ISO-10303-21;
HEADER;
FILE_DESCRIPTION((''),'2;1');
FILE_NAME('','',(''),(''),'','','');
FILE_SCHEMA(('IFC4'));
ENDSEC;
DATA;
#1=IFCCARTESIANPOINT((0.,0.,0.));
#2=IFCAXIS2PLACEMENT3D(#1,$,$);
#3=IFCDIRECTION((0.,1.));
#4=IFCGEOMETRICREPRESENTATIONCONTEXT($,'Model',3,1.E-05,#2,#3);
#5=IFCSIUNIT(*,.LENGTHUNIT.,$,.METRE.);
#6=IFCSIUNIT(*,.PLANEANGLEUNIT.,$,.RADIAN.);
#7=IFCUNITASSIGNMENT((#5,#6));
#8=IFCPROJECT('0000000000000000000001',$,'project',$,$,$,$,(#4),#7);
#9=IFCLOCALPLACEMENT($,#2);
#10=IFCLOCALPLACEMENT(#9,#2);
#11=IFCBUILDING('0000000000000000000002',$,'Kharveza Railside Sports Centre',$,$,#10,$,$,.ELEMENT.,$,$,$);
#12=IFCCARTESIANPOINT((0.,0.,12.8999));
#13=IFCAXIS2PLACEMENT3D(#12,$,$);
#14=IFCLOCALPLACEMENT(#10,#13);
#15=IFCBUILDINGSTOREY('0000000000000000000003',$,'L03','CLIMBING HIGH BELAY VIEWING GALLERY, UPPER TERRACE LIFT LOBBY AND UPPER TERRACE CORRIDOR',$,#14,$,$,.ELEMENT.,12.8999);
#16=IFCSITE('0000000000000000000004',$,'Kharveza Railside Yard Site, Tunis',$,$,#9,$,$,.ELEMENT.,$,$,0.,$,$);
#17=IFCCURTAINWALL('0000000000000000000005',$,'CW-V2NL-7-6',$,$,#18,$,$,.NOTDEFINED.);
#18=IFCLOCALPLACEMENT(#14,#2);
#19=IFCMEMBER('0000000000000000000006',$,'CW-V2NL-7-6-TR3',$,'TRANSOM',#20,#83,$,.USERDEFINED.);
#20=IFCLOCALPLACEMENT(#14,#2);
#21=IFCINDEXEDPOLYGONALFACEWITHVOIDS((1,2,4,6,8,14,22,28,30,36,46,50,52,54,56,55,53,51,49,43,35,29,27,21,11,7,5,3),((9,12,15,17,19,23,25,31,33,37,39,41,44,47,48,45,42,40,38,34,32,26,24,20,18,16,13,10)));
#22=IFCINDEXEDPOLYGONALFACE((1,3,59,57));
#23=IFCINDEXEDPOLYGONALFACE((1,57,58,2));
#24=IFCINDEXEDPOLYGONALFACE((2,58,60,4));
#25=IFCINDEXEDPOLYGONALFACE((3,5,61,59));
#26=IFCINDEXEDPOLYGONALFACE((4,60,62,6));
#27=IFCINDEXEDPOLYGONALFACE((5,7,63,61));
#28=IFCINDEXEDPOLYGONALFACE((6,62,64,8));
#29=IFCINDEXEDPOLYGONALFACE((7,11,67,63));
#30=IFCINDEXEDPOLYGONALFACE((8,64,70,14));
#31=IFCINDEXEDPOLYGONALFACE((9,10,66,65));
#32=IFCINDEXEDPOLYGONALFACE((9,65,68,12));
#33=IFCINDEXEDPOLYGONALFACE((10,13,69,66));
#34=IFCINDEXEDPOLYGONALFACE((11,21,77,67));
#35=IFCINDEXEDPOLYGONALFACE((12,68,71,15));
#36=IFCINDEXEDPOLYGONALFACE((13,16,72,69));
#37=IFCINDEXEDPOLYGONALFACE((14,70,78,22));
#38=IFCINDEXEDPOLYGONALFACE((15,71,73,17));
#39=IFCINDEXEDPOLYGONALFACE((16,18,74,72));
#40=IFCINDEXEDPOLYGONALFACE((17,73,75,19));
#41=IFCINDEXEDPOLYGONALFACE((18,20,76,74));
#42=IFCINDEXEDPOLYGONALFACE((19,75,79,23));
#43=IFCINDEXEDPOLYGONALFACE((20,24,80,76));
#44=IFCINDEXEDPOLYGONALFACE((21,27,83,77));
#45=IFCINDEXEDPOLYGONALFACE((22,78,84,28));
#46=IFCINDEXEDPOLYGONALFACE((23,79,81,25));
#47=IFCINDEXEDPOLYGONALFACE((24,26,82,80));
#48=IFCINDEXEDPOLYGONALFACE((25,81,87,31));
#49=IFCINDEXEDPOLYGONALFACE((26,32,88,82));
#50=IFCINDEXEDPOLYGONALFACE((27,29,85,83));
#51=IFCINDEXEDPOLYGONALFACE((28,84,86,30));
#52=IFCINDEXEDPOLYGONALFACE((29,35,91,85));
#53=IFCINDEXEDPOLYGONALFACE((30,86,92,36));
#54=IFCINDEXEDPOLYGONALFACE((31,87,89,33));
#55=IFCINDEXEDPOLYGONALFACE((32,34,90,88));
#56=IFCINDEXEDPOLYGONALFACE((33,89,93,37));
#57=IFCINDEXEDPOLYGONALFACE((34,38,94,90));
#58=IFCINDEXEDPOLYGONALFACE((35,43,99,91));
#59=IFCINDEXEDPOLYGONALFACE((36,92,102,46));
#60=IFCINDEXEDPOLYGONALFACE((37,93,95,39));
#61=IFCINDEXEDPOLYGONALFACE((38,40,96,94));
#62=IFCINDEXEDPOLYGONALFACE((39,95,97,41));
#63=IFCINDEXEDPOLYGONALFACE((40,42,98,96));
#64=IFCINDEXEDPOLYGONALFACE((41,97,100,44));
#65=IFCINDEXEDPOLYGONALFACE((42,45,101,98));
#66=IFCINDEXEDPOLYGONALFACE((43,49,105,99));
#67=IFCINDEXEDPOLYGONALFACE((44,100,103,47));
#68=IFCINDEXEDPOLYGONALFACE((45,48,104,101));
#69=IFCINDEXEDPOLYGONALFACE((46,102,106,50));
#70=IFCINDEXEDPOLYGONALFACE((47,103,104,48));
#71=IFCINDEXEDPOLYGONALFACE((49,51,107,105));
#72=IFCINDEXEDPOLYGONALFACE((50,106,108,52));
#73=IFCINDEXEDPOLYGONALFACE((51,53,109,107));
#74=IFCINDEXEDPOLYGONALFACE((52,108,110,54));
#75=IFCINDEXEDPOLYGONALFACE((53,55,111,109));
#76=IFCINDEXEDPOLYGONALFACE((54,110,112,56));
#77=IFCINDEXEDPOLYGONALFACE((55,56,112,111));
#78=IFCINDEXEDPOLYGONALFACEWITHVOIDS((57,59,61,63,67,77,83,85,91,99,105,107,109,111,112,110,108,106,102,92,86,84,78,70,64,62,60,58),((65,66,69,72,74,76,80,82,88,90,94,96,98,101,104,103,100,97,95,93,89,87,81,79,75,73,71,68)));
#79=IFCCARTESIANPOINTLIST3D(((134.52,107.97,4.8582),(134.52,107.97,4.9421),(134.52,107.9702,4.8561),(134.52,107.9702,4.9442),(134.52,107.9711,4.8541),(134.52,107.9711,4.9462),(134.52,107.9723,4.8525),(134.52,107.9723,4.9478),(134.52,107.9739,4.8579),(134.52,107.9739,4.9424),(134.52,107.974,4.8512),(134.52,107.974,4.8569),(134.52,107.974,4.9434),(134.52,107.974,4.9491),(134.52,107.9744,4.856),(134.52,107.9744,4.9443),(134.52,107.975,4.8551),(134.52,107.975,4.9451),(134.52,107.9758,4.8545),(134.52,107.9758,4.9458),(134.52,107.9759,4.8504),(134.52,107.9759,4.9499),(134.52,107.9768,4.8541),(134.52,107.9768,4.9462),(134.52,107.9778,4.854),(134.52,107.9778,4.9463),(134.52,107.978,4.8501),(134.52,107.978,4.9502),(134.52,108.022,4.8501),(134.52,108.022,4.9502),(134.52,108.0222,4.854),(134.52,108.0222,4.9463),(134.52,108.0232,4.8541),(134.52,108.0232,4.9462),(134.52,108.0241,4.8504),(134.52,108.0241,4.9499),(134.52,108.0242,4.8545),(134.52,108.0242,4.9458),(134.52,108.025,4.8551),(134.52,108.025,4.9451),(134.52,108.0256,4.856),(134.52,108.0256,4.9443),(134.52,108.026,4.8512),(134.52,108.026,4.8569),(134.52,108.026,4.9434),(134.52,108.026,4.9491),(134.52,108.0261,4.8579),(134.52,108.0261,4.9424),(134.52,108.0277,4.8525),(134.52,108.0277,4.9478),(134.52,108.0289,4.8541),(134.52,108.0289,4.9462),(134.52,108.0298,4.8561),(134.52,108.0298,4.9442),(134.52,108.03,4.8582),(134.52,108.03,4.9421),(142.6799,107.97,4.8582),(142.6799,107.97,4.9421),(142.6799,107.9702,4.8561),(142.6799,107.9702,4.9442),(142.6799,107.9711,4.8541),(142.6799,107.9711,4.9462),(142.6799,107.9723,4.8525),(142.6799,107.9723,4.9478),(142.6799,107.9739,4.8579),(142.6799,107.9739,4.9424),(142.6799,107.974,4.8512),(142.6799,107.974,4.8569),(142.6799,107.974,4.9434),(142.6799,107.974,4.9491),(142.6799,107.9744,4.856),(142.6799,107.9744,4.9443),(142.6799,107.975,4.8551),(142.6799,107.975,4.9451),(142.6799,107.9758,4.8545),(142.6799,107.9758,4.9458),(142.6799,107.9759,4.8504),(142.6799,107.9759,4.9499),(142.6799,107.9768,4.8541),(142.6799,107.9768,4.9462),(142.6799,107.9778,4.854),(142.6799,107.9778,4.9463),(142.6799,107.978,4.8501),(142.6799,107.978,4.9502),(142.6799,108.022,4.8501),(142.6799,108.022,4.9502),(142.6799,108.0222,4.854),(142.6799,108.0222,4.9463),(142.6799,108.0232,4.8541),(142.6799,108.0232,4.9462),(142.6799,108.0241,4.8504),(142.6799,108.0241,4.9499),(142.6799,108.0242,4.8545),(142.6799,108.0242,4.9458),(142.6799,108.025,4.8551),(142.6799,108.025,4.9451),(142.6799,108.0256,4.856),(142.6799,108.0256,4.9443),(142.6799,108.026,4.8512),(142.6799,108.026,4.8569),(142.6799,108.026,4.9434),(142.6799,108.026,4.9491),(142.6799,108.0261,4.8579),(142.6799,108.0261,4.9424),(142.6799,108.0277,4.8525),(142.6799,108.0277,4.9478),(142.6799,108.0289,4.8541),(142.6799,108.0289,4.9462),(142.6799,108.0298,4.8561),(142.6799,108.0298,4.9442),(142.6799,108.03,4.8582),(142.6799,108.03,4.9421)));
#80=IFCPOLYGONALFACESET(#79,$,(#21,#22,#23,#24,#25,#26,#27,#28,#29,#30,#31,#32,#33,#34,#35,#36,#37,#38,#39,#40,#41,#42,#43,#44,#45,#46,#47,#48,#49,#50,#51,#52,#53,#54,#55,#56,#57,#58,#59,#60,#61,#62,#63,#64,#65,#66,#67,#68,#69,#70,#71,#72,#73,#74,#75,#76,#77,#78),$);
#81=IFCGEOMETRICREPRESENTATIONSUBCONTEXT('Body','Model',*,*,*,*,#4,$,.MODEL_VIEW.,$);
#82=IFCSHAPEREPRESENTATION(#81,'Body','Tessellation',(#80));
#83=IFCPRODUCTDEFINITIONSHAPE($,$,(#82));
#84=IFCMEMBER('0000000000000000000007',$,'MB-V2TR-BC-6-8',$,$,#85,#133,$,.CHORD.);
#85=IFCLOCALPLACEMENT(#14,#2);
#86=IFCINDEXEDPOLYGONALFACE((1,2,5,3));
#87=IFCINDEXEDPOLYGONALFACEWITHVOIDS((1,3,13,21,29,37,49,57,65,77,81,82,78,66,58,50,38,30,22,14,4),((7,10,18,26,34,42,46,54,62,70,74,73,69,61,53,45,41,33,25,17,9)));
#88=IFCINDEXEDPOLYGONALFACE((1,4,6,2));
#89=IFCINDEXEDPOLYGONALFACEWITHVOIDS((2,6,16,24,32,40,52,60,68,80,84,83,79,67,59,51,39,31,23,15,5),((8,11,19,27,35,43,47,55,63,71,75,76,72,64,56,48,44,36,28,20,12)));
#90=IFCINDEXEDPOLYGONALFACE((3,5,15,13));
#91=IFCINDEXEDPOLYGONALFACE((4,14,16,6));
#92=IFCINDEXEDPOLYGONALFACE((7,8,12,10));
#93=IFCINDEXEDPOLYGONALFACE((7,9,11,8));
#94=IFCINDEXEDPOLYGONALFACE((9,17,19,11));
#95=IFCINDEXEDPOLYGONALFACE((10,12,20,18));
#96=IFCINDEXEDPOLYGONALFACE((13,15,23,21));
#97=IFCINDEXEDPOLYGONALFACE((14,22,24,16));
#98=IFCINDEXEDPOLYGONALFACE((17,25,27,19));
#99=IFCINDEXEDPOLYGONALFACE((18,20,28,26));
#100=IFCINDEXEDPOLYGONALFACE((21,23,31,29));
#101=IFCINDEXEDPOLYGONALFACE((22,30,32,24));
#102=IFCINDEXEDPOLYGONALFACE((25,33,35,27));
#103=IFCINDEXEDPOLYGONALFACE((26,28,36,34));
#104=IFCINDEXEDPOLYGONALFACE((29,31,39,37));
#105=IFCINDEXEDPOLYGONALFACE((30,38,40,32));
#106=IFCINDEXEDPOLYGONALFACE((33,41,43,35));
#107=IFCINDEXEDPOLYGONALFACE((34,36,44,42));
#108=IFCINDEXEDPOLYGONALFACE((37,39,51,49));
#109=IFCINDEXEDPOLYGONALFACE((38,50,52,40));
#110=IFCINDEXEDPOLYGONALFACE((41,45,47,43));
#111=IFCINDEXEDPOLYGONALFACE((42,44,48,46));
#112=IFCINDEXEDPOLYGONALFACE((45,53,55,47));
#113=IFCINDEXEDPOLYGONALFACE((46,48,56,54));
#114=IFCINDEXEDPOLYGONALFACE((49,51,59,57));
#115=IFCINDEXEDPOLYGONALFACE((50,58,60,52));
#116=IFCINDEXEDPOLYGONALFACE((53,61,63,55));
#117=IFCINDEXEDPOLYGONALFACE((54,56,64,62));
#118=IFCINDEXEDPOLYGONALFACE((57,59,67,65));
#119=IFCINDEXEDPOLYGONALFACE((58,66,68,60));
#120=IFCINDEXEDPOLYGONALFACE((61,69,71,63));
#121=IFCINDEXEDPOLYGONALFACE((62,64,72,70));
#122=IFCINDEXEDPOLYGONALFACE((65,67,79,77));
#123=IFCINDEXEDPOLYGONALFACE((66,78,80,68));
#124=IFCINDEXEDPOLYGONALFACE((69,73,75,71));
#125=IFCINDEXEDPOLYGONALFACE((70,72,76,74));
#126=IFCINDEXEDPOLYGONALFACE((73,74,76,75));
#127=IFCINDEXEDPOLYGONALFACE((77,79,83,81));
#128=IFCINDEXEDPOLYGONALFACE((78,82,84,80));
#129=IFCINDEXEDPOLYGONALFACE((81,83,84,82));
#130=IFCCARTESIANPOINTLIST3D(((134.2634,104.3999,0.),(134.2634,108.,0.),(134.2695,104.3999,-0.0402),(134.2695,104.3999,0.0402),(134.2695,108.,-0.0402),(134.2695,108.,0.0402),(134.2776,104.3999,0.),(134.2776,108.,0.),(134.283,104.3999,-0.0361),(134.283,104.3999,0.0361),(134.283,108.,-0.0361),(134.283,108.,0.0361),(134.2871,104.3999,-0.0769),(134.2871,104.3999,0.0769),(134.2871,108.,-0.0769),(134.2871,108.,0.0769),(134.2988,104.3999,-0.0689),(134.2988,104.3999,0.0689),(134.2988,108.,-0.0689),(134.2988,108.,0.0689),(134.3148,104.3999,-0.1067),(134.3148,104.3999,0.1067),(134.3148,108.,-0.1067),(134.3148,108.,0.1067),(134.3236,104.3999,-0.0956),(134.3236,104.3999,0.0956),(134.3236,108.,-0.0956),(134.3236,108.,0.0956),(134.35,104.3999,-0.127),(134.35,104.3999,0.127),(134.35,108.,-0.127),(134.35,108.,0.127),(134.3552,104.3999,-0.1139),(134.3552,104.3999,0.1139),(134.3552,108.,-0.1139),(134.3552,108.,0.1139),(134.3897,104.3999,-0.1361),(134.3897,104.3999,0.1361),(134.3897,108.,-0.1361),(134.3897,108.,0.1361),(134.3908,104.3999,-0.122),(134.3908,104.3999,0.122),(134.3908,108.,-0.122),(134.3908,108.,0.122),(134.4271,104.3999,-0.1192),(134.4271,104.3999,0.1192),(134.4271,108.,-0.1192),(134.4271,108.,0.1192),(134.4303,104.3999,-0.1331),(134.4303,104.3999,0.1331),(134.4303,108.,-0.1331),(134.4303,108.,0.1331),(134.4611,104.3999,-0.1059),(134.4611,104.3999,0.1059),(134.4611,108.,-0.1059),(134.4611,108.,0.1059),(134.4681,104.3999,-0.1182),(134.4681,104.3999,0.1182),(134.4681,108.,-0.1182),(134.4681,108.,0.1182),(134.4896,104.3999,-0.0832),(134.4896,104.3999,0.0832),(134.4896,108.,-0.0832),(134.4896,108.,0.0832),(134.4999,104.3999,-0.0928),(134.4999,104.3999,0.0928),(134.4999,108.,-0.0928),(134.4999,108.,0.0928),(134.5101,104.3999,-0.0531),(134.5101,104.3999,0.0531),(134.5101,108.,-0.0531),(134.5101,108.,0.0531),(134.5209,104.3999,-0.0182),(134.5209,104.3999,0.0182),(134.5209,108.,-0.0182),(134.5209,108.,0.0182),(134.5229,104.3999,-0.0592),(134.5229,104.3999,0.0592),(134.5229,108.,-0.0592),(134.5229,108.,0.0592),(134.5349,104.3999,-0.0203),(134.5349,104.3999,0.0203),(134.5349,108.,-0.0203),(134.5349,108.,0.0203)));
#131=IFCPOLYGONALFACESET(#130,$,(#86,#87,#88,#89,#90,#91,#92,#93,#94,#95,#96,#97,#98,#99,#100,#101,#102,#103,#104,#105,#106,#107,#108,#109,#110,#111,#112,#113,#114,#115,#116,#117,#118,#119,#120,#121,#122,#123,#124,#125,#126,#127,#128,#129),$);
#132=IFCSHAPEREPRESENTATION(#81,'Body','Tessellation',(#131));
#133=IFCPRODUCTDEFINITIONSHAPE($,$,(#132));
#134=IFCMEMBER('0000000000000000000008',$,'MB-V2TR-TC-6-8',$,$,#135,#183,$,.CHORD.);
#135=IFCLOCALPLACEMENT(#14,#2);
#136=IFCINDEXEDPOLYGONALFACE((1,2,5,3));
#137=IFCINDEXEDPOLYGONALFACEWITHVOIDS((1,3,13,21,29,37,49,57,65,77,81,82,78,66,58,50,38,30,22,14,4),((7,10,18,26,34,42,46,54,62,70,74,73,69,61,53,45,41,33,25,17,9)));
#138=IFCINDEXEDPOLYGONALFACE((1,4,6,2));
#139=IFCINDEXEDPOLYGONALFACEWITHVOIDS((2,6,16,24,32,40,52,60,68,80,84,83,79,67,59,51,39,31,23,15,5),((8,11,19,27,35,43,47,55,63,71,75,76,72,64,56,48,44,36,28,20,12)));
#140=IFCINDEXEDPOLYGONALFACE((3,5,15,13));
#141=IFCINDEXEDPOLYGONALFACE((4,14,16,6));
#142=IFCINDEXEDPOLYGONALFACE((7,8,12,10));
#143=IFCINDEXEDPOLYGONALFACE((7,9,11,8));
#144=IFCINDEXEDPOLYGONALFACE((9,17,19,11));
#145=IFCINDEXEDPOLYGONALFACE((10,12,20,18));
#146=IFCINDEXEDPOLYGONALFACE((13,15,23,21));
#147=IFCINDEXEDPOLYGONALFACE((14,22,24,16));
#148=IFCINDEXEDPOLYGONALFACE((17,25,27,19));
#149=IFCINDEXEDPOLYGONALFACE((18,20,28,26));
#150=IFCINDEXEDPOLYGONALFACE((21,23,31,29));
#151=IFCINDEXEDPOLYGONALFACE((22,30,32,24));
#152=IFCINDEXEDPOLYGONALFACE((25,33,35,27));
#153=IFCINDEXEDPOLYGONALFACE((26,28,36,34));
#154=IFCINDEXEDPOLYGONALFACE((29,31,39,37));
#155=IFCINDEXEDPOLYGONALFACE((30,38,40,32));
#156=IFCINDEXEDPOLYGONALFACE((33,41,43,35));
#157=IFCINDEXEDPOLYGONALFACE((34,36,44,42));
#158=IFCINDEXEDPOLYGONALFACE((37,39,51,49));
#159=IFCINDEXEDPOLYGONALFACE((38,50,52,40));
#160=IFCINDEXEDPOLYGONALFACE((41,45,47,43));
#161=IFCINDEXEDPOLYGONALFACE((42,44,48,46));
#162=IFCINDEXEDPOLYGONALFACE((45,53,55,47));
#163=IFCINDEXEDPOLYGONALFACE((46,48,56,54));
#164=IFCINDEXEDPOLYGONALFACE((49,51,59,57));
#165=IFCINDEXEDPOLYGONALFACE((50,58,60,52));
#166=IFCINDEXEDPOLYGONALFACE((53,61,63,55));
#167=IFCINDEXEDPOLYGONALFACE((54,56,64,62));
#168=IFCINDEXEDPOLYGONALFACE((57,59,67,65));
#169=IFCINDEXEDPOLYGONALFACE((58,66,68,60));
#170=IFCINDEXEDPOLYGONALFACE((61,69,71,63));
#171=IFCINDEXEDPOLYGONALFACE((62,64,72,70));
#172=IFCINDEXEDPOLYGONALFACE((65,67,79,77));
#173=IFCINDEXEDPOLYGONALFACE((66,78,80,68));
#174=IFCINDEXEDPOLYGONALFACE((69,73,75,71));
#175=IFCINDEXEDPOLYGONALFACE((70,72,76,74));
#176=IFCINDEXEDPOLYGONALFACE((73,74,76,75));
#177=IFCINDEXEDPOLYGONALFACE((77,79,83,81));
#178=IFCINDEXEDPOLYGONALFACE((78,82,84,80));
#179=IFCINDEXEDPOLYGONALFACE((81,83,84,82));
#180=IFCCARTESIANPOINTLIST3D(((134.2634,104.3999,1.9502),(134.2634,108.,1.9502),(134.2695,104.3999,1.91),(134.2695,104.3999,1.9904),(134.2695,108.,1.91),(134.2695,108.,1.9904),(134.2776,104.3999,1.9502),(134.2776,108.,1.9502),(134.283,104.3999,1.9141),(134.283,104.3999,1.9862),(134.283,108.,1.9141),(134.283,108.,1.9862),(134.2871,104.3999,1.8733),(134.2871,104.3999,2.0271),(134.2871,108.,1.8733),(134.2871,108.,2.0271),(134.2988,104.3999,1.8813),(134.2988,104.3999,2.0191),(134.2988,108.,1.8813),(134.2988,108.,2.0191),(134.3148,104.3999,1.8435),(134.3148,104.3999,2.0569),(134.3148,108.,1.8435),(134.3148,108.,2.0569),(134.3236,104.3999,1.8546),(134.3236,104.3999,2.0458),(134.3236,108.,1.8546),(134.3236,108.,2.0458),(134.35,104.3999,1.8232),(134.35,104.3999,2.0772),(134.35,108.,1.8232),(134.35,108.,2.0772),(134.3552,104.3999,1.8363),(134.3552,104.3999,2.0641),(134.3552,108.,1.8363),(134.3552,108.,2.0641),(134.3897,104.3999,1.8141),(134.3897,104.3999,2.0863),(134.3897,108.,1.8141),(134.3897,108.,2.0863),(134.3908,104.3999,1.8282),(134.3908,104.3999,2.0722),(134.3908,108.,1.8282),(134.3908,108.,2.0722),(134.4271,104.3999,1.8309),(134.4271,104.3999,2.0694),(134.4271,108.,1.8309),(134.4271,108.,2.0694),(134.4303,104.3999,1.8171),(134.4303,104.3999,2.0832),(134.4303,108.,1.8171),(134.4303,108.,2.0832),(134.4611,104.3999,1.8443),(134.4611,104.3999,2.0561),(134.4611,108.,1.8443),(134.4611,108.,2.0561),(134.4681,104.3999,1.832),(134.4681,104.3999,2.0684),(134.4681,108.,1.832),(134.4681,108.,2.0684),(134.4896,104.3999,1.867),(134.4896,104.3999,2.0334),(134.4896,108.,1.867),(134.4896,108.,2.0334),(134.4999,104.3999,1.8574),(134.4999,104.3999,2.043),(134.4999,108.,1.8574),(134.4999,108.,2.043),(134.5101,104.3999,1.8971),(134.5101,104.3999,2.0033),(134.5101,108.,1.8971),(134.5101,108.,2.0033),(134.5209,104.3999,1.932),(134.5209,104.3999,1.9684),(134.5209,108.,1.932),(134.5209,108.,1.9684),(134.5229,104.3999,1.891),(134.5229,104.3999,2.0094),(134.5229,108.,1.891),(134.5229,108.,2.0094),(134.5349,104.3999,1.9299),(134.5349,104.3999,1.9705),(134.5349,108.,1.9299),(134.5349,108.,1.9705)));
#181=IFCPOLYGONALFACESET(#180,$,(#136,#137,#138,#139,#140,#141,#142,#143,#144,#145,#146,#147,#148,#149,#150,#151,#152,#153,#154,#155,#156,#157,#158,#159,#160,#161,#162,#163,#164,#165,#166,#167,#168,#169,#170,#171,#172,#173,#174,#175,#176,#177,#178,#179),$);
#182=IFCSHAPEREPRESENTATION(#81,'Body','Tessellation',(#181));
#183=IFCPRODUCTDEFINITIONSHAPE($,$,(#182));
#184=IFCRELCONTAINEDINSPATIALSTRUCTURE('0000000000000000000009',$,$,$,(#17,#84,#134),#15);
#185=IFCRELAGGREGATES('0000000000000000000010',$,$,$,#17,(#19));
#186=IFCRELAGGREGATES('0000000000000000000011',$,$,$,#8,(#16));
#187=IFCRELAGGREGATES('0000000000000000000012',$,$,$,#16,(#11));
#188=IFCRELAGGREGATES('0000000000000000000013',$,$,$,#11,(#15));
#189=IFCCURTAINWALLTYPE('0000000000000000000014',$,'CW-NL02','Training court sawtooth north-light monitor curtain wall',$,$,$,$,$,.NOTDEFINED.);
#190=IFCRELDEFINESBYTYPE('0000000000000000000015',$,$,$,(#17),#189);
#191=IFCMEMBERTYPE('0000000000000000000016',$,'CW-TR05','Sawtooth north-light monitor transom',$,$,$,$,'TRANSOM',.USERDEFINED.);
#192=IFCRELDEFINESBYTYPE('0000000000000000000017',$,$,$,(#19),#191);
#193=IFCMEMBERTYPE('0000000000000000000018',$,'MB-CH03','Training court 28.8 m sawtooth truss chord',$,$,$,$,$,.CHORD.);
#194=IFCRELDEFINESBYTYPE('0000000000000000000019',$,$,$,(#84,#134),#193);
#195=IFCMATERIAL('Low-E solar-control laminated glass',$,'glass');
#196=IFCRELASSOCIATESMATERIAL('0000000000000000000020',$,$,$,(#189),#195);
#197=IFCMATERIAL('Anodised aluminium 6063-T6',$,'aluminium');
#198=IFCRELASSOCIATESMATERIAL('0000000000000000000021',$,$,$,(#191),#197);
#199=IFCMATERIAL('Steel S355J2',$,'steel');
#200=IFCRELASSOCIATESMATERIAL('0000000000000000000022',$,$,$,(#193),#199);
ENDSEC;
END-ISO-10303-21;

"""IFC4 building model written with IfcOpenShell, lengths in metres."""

from ifc_helpers import new_model, si_unit, direction, frame, origin, origin_2d, place, context, subcontext, project, spatial, hollow_rectangle, hollow_circle, extrude, material, material_profile, profile_set, type_object, element, aggregate, save


model = new_model("IFC4")

# Units and contexts
model_context = context("Model", 3, precision=1e-05, world=origin(), true_north=direction((0.0, 1.0)))
body_context = subcontext(model_context, "Body", "Model", "MODEL_VIEW")
ifc_project = project(units=[si_unit("LENGTHUNIT", "METRE"), si_unit("PLANEANGLEUNIT", "RADIAN")], contexts=[model_context])

# Site, building, storey
site_placement = place(None, origin())
site = spatial("IfcSite", under=ifc_project, at=site_placement, Name="Kharveza Railside Yard Site, Tunis", CompositionType="ELEMENT", RefElevation=0.0)
building_placement = place(site_placement, origin())
building = spatial("IfcBuilding", under=site, at=building_placement, Name="Kharveza Railside Sports Centre", CompositionType="ELEMENT")
storey_placement = place(building_placement, frame((0.0, 0.0, 12.8999)))
storey = spatial("IfcBuildingStorey", under=building, at=storey_placement, Name="L03", Description="CLIMBING HIGH BELAY VIEWING GALLERY, UPPER TERRACE LIFT LOBBY AND UPPER TERRACE CORRIDOR", CompositionType="ELEMENT", Elevation=12.8999)

# Curtain wall
ifc_material_1 = material(Name="Low-E solar-control laminated glass", Category="glass")
curtain_wall_type = type_object("IfcCurtainWallType", Name="CW-NL02", Description="Training court sawtooth north-light monitor curtain wall", PredefinedType="NOTDEFINED", material=ifc_material_1)
ifc_material_2 = material(Name="Anodised aluminium 6063-T6", Category="aluminium")
curtain_wall_1_placement = place(storey_placement, origin())
curtain_wall_1 = element("IfcCurtainWall", 1, at=curtain_wall_1_placement, inside=storey, type_object=curtain_wall_type, Name="CW-V2NL-7-6", PredefinedType="NOTDEFINED")

# Member
ifc_material_profile_1 = material_profile(ifc_material_2, hollow_rectangle(XDim=0.0601, YDim=0.1001, WallThickness=0.0039, InnerFilletRadius=0.0039, OuterFilletRadius=0.0081, at=origin_2d()), Name="RHS 60x100x4.0")
ifc_profile_set_1 = profile_set([ifc_material_profile_1], Name="Anodised aluminium 6063-T6")
member_type_1 = type_object("IfcMemberType", Name="CW-TR05", Description="Sawtooth north-light monitor transom", ElementType="TRANSOM", PredefinedType="USERDEFINED", material=ifc_profile_set_1)
member_1_placement = place(storey_placement, frame((134.52, 108.0, 4.9001), z_axis=(1.0, 0.0, 0.0), x_axis=(0.0, 1.0, 0.0)))
member_1 = element("IfcMember", 2, at=member_1_placement, type_object=member_type_1, Name="CW-V2NL-7-6-TR3", ObjectType="TRANSOM", PredefinedType="USERDEFINED", context=body_context, shape_type="SweptSolid", body=[
    extrude(hollow_rectangle(XDim=0.0601, YDim=0.1001, WallThickness=0.0039, InnerFilletRadius=0.0039, OuterFilletRadius=0.0081, at=origin_2d()), origin(), (0.0, 0.0, 1.0), 8.1599),
])

# Members
ifc_material_3 = material(Name="Steel S355J2", Category="steel")
ifc_material_profile_2 = material_profile(ifc_material_3, hollow_circle(Radius=0.1365, WallThickness=0.0142, at=origin_2d()), Name="CHS 273.0x14.2")
ifc_profile_set_2 = profile_set([ifc_material_profile_2], Name="Steel S355J2")
member_type_2 = type_object("IfcMemberType", Name="MB-CH03", Description="Training court 28.8 m sawtooth truss chord", PredefinedType="CHORD", material=ifc_profile_set_2)
for number, where, z_axis, x_axis, name in (
    (3, (134.3999, 104.3999, 0.0), (0.0, 1.0, 0.0), (-1.0, 0.0, 0.0), "MB-V2TR-BC-6-8"),
    (4, (134.3999, 104.3999, 1.9502), (0.0, 1.0, 0.0), (-1.0, 0.0, 0.0), "MB-V2TR-TC-6-8"),
):
    element("IfcMember", number, at=place(storey_placement, frame(where, z_axis=z_axis, x_axis=x_axis)), inside=storey, type_object=member_type_2, Name=name, PredefinedType="CHORD", context=body_context, shape_type="SweptSolid", body=[
        extrude(hollow_circle(Radius=0.1365, WallThickness=0.0142, at=origin_2d()), origin(), (0.0, 0.0, 1.0), 3.6001),
    ])

aggregate(curtain_wall_1, [member_1])

save(model, "model.ifc")
